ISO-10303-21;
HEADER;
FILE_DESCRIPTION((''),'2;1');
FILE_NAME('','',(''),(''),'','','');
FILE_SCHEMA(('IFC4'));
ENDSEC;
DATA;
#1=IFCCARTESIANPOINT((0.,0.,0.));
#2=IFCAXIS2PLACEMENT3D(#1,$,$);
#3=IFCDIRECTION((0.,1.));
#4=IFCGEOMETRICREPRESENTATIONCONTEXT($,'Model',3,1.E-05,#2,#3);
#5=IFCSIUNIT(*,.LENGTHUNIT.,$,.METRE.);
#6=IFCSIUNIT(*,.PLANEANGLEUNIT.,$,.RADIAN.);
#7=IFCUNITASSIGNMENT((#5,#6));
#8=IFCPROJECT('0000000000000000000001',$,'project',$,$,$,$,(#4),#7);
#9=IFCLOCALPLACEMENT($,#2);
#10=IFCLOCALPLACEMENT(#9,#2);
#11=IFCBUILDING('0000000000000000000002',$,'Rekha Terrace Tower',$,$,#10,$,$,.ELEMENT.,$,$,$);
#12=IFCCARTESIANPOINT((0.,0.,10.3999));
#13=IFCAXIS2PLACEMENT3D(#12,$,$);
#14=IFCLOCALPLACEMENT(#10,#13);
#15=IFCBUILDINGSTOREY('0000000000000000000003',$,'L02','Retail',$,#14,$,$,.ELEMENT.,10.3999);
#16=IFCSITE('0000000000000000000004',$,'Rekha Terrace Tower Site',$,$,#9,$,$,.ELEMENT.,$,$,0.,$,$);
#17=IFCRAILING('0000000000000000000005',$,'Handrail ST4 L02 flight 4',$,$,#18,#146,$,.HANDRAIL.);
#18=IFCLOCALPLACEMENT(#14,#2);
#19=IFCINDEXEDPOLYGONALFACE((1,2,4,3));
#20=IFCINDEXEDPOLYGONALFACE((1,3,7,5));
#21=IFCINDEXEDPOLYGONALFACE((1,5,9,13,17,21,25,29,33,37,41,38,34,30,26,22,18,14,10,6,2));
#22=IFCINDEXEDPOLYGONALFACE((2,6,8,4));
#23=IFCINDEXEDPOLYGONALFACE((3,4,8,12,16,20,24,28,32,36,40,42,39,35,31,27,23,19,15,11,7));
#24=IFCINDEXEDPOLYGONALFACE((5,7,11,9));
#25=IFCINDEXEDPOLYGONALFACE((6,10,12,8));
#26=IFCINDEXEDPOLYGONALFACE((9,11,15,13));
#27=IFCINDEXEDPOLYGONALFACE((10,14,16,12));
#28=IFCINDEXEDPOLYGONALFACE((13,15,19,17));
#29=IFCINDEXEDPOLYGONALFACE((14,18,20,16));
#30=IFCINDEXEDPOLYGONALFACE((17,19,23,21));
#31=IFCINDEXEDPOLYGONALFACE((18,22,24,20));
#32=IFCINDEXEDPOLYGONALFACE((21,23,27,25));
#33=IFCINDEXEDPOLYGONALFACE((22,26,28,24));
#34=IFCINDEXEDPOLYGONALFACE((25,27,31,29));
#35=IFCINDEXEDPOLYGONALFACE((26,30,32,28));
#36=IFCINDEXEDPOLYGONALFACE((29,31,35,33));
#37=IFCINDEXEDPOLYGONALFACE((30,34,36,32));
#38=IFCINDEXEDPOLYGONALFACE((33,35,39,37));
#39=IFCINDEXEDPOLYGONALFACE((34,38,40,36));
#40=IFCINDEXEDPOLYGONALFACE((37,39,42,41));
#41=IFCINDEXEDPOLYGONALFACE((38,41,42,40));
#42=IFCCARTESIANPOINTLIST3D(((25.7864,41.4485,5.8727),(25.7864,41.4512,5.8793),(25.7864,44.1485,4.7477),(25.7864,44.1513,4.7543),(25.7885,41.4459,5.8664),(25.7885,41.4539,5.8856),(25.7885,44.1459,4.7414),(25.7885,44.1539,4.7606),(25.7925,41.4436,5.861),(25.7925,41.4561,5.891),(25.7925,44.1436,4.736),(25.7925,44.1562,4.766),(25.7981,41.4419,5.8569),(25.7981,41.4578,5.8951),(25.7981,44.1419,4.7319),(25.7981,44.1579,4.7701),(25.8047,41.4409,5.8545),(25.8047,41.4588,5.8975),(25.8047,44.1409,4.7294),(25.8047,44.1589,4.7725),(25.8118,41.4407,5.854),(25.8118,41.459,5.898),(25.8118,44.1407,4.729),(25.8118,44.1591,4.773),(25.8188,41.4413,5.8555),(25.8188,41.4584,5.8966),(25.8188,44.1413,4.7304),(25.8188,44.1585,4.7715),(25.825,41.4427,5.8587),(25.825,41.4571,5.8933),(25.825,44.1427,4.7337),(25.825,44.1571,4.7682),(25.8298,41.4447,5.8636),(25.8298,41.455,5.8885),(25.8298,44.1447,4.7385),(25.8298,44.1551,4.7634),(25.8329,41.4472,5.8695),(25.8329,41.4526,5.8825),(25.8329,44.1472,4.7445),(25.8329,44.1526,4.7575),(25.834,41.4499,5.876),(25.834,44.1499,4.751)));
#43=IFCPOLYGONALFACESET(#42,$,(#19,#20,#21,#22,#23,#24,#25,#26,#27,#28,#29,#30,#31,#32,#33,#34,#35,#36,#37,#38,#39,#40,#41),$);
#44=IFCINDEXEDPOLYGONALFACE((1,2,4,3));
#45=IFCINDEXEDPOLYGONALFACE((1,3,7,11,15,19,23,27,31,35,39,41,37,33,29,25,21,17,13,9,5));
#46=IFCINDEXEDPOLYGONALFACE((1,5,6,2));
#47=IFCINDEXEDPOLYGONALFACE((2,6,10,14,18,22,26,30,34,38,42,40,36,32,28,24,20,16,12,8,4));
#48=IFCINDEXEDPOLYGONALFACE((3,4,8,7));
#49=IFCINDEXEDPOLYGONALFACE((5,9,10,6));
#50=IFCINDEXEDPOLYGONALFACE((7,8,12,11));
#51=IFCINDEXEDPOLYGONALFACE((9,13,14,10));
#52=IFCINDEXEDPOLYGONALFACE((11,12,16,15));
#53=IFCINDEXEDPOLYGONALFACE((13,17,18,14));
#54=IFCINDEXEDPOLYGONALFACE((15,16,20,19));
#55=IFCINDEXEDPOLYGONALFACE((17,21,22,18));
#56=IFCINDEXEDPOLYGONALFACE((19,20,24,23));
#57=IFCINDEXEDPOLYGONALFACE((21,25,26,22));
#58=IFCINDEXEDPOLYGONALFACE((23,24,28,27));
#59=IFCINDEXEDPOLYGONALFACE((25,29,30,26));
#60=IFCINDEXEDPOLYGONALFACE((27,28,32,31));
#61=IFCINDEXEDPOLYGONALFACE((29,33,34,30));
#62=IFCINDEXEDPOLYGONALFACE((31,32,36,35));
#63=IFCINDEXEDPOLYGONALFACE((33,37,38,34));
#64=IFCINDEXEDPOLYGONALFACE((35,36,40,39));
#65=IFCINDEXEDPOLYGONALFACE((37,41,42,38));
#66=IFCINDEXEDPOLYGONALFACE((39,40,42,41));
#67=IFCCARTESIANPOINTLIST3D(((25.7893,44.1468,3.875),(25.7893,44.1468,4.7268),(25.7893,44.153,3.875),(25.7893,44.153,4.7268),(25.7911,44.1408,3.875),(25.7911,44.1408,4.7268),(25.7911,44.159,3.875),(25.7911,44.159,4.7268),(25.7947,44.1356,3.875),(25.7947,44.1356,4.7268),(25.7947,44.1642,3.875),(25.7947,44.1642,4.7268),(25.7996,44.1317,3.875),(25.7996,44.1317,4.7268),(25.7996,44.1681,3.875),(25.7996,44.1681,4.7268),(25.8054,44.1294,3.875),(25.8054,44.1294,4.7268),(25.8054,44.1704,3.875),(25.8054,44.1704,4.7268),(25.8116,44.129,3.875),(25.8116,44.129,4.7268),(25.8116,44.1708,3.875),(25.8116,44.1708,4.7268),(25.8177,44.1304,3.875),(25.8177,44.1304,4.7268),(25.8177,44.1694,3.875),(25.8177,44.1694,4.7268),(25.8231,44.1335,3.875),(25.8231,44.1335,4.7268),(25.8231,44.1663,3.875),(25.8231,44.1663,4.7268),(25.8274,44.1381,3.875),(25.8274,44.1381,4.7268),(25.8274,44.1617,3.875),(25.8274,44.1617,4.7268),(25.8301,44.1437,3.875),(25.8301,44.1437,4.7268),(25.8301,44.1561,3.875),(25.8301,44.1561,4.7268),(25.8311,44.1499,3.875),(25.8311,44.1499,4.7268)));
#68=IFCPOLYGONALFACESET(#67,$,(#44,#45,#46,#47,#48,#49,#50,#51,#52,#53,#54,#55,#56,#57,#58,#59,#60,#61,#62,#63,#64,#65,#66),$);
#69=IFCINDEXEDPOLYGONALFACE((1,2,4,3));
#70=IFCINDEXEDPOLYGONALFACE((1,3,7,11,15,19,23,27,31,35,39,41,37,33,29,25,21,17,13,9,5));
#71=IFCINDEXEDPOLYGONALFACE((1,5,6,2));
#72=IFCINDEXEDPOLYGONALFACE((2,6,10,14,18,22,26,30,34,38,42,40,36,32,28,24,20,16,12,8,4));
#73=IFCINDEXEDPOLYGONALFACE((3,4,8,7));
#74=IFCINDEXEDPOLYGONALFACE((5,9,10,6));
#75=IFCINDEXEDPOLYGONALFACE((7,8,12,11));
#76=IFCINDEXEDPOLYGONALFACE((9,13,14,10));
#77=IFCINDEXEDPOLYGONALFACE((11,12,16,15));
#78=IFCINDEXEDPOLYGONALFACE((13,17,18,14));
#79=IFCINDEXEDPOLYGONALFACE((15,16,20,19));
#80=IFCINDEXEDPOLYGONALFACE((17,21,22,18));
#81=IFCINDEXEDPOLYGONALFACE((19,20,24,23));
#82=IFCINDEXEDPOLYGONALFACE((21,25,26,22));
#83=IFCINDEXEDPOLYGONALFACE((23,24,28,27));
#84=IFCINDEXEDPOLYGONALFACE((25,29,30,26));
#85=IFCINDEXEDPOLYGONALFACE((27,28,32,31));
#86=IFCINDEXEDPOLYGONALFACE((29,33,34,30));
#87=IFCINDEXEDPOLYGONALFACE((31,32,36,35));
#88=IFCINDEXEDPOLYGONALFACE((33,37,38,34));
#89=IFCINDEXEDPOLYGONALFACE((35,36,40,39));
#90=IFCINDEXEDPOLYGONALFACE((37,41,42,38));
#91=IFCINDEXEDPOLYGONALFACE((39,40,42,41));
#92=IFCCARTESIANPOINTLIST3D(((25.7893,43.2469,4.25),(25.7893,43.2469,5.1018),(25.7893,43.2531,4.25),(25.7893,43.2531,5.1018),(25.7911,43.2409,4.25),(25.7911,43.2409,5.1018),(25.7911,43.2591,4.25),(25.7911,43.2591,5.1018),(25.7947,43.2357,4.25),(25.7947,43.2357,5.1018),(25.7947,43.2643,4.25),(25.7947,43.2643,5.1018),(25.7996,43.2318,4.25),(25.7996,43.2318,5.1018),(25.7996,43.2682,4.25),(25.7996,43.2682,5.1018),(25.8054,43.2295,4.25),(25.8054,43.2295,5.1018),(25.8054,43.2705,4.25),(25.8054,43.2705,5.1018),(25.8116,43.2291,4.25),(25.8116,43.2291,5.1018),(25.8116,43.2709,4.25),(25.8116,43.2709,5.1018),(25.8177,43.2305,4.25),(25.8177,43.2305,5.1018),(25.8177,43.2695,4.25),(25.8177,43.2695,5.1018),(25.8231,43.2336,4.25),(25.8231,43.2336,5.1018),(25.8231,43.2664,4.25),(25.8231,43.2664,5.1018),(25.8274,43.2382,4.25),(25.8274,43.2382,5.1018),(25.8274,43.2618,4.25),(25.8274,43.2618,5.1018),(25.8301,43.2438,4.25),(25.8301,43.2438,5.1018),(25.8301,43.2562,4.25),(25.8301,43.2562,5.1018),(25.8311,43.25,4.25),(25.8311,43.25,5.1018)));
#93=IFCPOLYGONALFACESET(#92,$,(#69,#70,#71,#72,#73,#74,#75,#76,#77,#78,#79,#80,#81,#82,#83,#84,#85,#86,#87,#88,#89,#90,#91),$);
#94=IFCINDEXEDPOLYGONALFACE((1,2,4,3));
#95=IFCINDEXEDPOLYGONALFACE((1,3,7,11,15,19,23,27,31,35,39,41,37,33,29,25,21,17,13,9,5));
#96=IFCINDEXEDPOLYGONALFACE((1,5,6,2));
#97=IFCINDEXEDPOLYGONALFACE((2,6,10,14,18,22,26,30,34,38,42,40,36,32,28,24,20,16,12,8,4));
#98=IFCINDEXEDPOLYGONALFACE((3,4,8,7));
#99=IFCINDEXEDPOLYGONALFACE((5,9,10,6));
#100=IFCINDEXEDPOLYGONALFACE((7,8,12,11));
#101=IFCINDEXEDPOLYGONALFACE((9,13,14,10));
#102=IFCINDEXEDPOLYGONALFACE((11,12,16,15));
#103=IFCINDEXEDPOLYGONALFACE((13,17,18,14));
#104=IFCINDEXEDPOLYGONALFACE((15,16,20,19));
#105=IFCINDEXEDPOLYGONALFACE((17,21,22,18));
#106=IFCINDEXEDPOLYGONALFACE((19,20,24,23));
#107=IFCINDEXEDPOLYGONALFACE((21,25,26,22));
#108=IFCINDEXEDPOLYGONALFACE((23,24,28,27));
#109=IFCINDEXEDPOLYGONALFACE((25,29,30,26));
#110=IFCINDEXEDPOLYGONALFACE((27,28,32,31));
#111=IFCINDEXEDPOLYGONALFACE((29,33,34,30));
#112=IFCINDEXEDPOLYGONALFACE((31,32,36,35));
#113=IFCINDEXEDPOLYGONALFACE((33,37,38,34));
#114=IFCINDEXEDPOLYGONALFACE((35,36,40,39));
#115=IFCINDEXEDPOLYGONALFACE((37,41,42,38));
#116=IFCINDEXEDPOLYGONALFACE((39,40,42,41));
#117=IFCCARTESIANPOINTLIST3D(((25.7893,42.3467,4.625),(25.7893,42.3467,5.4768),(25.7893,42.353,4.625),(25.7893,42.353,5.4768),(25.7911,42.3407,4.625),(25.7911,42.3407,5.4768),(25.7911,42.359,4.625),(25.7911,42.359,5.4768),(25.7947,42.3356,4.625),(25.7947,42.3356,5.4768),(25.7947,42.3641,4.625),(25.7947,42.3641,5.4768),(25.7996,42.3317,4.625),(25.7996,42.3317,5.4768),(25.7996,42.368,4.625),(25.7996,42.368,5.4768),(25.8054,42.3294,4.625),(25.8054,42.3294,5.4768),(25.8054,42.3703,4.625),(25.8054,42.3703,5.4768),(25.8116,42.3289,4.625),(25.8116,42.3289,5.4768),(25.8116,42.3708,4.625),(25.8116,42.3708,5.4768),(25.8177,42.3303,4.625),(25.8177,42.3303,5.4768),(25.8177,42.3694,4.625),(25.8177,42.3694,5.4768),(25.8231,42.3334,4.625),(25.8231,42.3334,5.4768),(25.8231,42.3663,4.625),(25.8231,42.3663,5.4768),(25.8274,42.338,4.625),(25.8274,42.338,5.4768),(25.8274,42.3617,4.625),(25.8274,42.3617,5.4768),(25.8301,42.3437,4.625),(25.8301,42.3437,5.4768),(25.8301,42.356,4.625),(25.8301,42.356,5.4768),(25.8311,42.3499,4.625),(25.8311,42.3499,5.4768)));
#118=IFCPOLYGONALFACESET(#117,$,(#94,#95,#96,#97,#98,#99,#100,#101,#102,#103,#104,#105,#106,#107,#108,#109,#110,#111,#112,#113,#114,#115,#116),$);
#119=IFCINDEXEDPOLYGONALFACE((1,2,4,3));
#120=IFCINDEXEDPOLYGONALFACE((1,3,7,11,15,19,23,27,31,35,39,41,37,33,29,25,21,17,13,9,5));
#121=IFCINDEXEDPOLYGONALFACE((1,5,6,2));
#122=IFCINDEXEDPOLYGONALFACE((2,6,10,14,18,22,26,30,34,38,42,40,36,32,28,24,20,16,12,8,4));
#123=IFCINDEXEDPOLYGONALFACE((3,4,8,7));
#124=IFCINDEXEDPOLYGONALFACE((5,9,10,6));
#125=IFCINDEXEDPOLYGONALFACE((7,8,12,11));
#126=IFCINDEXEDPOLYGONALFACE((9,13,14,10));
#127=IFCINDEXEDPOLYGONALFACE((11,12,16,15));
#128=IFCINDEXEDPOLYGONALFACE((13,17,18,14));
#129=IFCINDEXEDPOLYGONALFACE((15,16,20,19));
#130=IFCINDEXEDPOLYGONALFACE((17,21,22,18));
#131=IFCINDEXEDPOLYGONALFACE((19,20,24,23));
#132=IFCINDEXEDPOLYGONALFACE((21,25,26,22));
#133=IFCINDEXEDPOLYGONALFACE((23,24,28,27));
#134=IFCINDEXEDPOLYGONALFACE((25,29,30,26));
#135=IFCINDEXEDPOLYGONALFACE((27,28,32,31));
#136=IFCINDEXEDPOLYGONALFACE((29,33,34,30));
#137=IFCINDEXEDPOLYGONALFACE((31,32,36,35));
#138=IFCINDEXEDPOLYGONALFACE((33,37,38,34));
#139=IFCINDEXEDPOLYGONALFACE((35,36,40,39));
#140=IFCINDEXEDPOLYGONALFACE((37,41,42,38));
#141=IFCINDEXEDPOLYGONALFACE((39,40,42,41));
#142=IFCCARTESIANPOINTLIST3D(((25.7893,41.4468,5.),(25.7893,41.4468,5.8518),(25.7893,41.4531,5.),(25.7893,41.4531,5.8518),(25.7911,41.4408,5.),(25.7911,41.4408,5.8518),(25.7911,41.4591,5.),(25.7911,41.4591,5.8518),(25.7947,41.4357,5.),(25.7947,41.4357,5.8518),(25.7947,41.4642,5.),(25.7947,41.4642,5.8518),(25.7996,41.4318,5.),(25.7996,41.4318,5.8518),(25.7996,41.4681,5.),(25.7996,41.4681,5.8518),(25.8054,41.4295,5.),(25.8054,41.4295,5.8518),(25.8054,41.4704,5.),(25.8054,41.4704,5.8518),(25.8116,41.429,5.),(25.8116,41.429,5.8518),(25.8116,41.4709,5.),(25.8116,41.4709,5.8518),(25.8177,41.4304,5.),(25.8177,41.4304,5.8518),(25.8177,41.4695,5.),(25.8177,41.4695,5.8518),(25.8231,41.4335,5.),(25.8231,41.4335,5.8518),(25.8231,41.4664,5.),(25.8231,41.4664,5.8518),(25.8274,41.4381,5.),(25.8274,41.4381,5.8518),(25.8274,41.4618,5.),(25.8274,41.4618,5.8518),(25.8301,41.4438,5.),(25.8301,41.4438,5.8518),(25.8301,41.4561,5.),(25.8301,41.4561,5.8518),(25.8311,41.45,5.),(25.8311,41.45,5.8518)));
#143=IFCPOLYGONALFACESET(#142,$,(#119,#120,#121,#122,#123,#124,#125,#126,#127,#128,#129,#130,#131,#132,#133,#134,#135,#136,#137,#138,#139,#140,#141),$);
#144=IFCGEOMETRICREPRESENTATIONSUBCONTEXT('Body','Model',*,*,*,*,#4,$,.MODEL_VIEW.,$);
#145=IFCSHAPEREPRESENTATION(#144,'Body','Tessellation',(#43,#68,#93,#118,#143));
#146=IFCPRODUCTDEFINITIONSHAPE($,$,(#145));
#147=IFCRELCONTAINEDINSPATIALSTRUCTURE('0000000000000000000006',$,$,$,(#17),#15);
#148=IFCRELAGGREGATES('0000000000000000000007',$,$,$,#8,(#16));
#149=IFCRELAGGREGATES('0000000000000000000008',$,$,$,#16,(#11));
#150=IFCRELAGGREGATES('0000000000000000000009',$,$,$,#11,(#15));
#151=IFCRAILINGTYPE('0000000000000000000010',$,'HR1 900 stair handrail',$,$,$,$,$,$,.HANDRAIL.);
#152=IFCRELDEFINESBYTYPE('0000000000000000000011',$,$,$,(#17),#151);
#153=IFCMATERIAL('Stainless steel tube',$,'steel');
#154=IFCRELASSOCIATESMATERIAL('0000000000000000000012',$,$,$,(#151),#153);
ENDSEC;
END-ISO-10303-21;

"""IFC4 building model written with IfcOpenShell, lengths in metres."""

from ifc_helpers import new_model, si_unit, direction, frame, origin, origin_2d, place, context, subcontext, project, spatial, circle, extrude, material, type_object, element, save


model = new_model("IFC4")

# Units and contexts
model_context = context("Model", 3, precision=1e-05, world=origin(), true_north=direction((0.0, 1.0)))
body_context = subcontext(model_context, "Body", "Model", "MODEL_VIEW")
ifc_project = project(units=[si_unit("LENGTHUNIT", "METRE"), si_unit("PLANEANGLEUNIT", "RADIAN")], contexts=[model_context])

# Site, building, storey
site_placement = place(None, origin())
site = spatial("IfcSite", under=ifc_project, at=site_placement, Name="Rekha Terrace Tower Site", CompositionType="ELEMENT", RefElevation=0.0)
building_placement = place(site_placement, origin())
building = spatial("IfcBuilding", under=site, at=building_placement, Name="Rekha Terrace Tower", CompositionType="ELEMENT")
storey_placement = place(building_placement, frame((0.0, 0.0, 10.3999)))
storey = spatial("IfcBuildingStorey", under=building, at=storey_placement, Name="L02", Description="Retail", CompositionType="ELEMENT", Elevation=10.3999)

# Railing
ifc_material_1 = material(Name="Stainless steel tube", Category="steel")
railing_type_1 = type_object("IfcRailingType", Name="HR1 900 stair handrail", PredefinedType="HANDRAIL", material=ifc_material_1)
railing_1_placement = place(storey_placement, frame((25.8101, 44.1499, 3.875)))
element("IfcRailing", 1, at=railing_1_placement, inside=storey, type_object=railing_type_1, Name="Handrail ST4 L02 flight 4", PredefinedType="HANDRAIL", context=body_context, shape_type="SweptSolid", body=[
    extrude(circle(Radius=0.0239, at=origin_2d()), frame((0.0, 0.0, 0.876), z_axis=(0.0, -0.923074, 0.384621), x_axis=(1.0, 0.0, 0.0)), (0.0, 0.0, 1.0), 2.925),
    extrude(circle(Radius=0.021, at=origin_2d()), origin(), (0.0, 0.0, 1.0), 0.8518),
    extrude(circle(Radius=0.021, at=origin_2d()), frame((0.0, -0.8999, 0.375)), (0.0, 0.0, 1.0), 0.8518),
    extrude(circle(Radius=0.021, at=origin_2d()), frame((0.0, -1.8, 0.75)), (0.0, 0.0, 1.0), 0.8518),
    extrude(circle(Radius=0.021, at=origin_2d()), frame((0.0, -2.7, 1.125)), (0.0, 0.0, 1.0), 0.8518),
])

save(model, "model.ifc")
